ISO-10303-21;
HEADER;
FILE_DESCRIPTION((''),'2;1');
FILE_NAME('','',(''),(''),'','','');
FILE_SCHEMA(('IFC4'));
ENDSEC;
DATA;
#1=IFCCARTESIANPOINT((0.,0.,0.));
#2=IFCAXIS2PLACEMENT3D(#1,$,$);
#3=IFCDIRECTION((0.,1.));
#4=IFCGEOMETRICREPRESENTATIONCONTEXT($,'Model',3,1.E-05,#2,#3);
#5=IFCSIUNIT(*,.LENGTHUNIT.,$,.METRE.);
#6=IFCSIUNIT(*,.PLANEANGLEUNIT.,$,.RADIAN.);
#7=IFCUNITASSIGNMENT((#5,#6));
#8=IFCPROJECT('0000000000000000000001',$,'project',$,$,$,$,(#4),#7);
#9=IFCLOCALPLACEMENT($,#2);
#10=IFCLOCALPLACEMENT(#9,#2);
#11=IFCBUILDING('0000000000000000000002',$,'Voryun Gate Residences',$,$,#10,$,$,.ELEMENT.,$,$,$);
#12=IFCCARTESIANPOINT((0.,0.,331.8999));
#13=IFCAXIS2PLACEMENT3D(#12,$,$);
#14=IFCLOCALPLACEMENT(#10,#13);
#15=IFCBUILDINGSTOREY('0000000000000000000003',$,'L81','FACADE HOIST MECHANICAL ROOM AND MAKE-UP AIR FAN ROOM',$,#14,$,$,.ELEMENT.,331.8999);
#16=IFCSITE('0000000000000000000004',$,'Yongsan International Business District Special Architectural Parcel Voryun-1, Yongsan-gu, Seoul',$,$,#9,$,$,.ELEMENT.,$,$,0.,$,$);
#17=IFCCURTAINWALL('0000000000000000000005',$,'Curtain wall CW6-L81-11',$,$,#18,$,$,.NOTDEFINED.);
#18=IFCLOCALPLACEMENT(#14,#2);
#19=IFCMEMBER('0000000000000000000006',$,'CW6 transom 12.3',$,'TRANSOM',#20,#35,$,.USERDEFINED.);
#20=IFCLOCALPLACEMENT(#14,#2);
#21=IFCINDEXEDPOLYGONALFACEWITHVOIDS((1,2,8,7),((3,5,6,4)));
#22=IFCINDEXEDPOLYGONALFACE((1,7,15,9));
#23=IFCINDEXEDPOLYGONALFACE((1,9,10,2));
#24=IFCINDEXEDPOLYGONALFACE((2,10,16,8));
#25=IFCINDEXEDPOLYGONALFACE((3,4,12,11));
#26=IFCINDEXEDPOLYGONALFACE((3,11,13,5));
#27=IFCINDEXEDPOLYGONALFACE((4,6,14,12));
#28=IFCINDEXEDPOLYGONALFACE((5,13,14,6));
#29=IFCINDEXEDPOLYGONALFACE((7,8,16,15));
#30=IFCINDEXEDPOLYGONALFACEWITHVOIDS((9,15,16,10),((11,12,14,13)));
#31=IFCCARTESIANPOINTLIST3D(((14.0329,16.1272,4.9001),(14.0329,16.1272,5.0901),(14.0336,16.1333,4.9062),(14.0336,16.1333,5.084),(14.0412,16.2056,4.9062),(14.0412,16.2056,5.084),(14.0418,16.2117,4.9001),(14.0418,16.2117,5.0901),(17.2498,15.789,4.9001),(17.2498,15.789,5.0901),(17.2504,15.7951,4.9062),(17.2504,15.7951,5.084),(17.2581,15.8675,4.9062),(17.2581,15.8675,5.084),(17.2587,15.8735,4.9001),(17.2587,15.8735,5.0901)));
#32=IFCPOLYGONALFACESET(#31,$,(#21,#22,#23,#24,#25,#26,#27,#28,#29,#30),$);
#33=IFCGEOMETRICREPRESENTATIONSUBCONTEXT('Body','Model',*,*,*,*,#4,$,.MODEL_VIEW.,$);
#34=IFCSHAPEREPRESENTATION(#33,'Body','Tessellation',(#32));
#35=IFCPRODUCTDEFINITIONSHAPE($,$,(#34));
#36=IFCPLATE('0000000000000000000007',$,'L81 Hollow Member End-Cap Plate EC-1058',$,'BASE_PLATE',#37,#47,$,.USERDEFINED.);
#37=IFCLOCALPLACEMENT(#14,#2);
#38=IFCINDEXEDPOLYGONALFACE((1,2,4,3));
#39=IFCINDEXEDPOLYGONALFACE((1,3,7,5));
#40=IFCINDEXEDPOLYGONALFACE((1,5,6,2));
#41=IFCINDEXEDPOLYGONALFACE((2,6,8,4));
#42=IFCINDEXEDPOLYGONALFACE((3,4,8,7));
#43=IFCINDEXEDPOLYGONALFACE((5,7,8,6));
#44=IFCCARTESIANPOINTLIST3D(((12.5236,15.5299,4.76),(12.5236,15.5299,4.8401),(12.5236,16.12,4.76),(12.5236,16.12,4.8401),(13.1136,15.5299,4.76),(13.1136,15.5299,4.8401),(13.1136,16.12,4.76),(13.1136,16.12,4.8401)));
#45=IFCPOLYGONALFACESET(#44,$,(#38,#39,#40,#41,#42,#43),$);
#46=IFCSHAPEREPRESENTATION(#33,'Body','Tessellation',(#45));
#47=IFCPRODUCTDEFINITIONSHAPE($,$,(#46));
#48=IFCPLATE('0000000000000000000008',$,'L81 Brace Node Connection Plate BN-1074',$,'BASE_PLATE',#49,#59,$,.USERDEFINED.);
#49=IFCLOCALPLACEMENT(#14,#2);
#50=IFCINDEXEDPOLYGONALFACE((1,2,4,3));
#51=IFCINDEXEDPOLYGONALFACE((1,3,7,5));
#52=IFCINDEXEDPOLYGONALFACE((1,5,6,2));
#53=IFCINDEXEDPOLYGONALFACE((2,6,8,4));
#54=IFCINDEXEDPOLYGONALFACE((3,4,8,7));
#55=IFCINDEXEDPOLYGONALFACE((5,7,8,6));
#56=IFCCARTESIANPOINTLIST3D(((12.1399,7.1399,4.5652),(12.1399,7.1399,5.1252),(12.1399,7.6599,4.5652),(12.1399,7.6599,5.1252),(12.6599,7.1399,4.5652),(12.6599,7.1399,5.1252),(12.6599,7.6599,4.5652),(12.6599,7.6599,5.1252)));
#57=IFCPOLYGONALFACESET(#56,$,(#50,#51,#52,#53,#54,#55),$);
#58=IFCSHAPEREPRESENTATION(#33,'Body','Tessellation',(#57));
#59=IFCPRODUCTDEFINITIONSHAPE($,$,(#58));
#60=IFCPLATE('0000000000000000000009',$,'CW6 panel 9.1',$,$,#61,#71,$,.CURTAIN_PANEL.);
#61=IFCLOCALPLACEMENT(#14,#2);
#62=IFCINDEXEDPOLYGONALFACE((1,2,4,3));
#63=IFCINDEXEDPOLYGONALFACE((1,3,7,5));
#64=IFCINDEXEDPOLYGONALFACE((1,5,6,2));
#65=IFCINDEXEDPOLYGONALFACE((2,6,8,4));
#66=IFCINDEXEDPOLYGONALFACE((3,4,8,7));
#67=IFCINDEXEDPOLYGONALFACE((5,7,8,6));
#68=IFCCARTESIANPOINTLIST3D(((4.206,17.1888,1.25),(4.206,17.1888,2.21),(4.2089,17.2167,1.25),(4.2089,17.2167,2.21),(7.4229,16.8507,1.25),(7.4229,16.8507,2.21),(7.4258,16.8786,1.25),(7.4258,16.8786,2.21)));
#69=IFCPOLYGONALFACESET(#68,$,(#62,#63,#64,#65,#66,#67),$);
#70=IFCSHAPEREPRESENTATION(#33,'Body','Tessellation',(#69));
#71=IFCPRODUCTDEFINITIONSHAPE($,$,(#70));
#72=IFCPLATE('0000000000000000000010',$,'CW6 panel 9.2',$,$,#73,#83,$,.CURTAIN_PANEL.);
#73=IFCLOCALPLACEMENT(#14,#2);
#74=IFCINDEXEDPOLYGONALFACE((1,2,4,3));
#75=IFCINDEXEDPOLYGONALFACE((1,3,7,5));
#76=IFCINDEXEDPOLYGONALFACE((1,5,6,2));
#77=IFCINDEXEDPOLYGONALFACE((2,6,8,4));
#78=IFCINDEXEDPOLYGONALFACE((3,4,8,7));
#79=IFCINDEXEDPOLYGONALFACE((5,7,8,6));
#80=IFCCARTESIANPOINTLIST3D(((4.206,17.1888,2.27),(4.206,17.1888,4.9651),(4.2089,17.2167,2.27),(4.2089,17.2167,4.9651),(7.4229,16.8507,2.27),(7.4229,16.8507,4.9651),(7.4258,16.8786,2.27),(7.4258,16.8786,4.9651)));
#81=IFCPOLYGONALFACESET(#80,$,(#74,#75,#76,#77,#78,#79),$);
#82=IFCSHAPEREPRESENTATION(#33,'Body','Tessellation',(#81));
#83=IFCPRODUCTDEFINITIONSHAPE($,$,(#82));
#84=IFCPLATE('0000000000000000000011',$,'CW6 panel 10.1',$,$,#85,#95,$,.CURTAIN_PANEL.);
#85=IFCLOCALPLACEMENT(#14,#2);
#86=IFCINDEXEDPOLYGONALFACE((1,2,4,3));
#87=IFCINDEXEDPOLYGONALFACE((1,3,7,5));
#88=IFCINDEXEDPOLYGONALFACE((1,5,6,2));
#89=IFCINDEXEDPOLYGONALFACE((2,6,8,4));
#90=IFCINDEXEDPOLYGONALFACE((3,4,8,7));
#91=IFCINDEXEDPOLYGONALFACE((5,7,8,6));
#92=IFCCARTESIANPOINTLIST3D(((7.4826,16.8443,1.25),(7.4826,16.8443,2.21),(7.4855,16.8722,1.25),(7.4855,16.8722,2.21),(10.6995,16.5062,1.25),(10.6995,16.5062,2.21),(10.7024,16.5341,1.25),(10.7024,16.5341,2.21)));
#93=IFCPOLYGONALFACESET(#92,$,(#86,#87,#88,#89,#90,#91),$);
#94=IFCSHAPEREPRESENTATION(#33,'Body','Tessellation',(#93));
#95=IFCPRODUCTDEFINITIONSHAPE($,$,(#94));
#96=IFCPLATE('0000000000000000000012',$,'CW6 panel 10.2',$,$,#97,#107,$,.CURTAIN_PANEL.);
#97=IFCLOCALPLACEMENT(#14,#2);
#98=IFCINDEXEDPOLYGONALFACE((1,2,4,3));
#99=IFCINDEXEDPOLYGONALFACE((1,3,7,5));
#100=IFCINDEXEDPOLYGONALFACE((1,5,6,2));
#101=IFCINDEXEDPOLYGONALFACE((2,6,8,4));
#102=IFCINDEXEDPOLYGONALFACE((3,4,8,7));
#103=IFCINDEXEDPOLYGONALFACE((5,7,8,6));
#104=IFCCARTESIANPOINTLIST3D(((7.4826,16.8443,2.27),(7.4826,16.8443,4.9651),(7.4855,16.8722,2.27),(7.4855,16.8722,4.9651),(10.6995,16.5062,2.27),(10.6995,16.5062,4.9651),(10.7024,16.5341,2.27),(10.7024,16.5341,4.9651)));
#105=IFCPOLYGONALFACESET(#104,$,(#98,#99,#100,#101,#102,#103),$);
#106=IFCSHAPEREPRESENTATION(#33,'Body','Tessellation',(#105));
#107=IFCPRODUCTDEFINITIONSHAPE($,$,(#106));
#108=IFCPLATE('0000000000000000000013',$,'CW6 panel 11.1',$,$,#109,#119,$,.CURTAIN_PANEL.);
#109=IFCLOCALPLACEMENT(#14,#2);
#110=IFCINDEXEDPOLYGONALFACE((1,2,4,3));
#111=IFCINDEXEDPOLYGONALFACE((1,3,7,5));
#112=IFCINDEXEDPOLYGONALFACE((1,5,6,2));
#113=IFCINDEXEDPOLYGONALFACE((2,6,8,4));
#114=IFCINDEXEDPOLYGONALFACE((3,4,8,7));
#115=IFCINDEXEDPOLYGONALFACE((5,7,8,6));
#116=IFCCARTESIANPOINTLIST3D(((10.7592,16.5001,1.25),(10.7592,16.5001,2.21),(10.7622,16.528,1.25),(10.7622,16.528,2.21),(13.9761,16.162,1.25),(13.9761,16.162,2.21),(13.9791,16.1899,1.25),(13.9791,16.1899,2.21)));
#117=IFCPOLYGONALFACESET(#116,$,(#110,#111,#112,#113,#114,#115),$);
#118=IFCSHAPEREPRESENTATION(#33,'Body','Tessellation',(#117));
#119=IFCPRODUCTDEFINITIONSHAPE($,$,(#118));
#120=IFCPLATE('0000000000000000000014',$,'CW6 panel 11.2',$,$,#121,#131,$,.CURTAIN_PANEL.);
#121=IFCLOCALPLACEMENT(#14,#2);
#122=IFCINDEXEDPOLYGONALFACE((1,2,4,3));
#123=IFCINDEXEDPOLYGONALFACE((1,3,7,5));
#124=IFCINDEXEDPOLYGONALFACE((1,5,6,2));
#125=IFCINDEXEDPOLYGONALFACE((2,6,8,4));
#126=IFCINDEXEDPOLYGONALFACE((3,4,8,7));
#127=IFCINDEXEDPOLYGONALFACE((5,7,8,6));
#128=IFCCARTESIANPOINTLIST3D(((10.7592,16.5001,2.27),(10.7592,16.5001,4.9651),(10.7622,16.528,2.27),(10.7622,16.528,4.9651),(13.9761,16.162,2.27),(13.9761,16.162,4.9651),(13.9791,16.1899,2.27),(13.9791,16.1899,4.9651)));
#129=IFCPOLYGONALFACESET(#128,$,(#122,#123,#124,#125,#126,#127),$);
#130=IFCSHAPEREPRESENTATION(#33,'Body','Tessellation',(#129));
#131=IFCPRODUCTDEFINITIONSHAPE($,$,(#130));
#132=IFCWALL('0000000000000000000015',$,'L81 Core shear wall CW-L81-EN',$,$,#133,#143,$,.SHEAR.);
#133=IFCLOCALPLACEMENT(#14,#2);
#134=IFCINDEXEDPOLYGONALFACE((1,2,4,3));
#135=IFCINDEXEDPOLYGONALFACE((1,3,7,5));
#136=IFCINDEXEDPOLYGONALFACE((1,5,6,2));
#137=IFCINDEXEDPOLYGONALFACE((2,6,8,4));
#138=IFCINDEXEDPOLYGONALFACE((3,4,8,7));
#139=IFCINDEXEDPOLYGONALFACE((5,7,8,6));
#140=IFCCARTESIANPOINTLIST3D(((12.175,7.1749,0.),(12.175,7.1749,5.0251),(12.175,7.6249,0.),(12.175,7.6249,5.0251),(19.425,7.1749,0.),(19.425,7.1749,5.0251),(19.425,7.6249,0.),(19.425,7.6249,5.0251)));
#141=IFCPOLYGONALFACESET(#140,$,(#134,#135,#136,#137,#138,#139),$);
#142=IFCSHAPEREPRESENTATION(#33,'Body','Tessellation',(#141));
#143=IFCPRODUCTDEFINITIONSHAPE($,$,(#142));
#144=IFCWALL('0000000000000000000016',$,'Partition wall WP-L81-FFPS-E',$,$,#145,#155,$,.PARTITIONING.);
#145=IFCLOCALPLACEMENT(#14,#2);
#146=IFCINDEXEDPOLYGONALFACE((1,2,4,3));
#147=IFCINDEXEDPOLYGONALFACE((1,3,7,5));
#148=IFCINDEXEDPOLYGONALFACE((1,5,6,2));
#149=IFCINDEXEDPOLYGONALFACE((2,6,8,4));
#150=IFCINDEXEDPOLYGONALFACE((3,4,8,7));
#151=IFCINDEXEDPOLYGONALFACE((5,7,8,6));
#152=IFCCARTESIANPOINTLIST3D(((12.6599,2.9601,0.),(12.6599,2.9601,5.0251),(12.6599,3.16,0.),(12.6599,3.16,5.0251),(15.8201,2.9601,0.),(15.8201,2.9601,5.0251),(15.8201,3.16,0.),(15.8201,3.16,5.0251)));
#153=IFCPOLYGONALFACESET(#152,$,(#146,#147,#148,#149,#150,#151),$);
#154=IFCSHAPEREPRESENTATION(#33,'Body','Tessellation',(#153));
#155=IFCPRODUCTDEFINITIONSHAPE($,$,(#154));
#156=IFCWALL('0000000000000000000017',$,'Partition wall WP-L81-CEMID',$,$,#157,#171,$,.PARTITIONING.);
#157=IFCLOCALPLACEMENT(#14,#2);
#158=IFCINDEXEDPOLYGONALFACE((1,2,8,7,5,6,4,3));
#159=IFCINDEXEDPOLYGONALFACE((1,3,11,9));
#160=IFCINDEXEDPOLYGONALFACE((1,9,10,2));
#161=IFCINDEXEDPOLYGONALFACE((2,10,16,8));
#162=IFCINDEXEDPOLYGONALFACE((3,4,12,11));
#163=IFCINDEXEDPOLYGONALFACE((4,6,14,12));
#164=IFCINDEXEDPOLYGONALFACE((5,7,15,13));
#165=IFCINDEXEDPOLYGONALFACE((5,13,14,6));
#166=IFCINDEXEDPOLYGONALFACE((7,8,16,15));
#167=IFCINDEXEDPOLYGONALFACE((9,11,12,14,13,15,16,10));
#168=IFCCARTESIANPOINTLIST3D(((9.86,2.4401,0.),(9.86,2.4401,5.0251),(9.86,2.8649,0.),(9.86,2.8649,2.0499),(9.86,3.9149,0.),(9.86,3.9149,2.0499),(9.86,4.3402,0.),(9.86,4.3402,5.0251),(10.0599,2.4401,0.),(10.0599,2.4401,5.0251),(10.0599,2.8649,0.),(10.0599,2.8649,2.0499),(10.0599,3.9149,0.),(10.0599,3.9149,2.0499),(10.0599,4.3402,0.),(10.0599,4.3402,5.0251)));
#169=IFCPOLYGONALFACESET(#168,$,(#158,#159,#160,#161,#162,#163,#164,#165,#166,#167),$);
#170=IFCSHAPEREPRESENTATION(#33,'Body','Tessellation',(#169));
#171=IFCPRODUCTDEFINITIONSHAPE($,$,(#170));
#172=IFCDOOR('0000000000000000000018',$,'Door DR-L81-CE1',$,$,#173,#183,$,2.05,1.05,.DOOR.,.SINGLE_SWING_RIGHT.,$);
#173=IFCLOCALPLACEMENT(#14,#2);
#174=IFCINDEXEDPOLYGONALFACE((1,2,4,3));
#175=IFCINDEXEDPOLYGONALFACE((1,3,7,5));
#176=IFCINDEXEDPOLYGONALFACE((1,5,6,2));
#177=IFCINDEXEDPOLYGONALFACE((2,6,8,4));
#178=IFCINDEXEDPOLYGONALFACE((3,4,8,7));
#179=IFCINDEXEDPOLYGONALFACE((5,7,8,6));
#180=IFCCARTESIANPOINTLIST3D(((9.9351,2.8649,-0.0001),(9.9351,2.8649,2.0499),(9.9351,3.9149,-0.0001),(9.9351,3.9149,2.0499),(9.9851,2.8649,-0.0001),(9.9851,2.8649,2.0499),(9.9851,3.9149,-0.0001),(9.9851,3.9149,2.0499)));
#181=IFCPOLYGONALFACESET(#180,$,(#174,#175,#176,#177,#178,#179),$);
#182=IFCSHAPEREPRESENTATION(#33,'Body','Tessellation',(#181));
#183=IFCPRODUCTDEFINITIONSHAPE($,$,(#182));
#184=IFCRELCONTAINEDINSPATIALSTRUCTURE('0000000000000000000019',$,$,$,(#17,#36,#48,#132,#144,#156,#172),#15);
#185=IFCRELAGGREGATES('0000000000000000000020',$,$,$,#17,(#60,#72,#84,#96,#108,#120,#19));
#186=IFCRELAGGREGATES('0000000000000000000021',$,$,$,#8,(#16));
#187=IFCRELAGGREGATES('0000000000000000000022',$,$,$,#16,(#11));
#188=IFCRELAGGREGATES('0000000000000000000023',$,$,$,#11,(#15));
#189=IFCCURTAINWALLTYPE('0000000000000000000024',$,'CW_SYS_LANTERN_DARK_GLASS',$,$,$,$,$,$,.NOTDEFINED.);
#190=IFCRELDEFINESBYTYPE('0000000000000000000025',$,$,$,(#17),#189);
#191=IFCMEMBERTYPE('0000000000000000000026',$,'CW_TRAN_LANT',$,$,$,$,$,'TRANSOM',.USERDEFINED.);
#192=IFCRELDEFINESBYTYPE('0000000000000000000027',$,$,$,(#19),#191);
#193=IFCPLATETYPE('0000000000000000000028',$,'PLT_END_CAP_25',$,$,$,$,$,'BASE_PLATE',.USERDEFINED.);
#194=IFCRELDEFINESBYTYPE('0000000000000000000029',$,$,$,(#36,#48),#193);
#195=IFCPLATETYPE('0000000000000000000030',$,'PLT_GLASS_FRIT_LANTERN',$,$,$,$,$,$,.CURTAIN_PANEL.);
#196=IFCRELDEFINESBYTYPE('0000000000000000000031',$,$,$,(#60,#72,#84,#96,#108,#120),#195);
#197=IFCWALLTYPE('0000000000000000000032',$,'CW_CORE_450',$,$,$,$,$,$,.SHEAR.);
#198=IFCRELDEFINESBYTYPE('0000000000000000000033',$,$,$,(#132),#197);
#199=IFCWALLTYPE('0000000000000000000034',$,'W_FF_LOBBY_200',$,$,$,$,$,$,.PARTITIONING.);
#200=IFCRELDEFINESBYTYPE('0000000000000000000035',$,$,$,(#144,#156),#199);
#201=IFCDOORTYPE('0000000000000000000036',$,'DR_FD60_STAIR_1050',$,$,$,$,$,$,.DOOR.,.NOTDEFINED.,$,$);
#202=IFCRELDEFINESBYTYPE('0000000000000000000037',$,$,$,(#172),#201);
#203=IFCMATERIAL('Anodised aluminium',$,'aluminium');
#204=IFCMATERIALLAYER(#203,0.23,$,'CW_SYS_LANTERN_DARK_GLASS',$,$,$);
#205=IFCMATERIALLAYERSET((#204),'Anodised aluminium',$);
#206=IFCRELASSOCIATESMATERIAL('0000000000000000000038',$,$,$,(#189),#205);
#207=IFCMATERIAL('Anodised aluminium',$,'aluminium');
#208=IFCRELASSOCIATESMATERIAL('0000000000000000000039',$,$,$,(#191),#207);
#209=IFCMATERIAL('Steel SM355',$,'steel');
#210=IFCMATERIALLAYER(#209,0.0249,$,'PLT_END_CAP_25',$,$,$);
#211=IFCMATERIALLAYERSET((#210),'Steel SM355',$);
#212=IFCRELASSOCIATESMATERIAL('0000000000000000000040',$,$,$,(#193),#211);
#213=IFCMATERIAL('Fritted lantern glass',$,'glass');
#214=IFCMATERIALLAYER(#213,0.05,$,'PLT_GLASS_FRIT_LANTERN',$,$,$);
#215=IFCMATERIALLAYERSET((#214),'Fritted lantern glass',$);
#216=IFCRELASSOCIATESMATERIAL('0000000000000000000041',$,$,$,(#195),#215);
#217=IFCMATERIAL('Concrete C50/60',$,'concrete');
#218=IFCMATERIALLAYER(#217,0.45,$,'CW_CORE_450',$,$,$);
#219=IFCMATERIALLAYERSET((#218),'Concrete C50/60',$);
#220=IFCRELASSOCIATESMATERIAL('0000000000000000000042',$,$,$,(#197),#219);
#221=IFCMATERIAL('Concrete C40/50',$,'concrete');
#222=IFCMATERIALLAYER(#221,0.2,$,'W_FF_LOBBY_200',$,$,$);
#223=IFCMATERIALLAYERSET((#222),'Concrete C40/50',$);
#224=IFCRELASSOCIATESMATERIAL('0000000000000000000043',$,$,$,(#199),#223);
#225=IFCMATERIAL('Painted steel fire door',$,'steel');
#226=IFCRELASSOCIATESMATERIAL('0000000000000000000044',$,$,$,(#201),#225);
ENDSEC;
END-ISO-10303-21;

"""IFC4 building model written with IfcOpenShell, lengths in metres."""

from ifc_helpers import new_model, si_unit, direction, frame, frame_2d, origin, origin_2d, place, context, subcontext, project, spatial, rectangle, hollow_rectangle, extrude, material, layer, layer_set, material_profile, profile_set, type_object, element, fill, aggregate, save


model = new_model("IFC4")

# Units and contexts
model_context = context("Model", 3, precision=1e-05, world=origin(), true_north=direction((0.0, 1.0)))
body_context = subcontext(model_context, "Body", "Model", "MODEL_VIEW")
ifc_project = project(units=[si_unit("LENGTHUNIT", "METRE"), si_unit("PLANEANGLEUNIT", "RADIAN")], contexts=[model_context])

# Site, building, storey
site_placement = place(None, origin())
site = spatial("IfcSite", under=ifc_project, at=site_placement, Name="Yongsan International Business District Special Architectural Parcel Voryun-1, Yongsan-gu, Seoul", CompositionType="ELEMENT", RefElevation=0.0)
building_placement = place(site_placement, origin())
building = spatial("IfcBuilding", under=site, at=building_placement, Name="Voryun Gate Residences", CompositionType="ELEMENT")
storey_placement = place(building_placement, frame((0.0, 0.0, 331.8999)))
storey = spatial("IfcBuildingStorey", under=building, at=storey_placement, Name="L81", Description="FACADE HOIST MECHANICAL ROOM AND MAKE-UP AIR FAN ROOM", CompositionType="ELEMENT", Elevation=331.8999)

# Curtain wall, member
ifc_material_1 = material(Name="Anodised aluminium", Category="aluminium")
ifc_layer_1 = layer(ifc_material_1, 0.23, Name="CW_SYS_LANTERN_DARK_GLASS")
ifc_layer_set_1 = layer_set([ifc_layer_1], Name="Anodised aluminium")
curtain_wall_type = type_object("IfcCurtainWallType", Name="CW_SYS_LANTERN_DARK_GLASS", PredefinedType="NOTDEFINED", material=ifc_layer_set_1)
curtain_wall_placement = place(storey_placement, origin())
curtain_wall = element("IfcCurtainWall", 1, at=curtain_wall_placement, inside=storey, type_object=curtain_wall_type, Name="Curtain wall CW6-L81-11", PredefinedType="NOTDEFINED")
ifc_material_2 = material(Name="Anodised aluminium", Category="aluminium")
ifc_material_profile_1 = material_profile(ifc_material_2, hollow_rectangle(XDim=0.085, YDim=0.1899, WallThickness=0.0061, at=origin_2d()), Name="ALU-TRAN-190x85x6")
ifc_profile_set_1 = profile_set([ifc_material_profile_1], Name="Anodised aluminium")
member_type_1 = type_object("IfcMemberType", Name="CW_TRAN_LANT", ElementType="TRANSOM", PredefinedType="USERDEFINED", material=ifc_profile_set_1)
member_1_placement = place(storey_placement, frame((14.0374, 16.1694, 4.9951), z_axis=(0.994521, -0.104539, 0.0), x_axis=(0.104539, 0.994521, 0.0)))
member_1 = element("IfcMember", 2, at=member_1_placement, type_object=member_type_1, Name="CW6 transom 12.3", ObjectType="TRANSOM", PredefinedType="USERDEFINED", context=body_context, shape_type="SweptSolid", body=[
    extrude(hollow_rectangle(XDim=0.085, YDim=0.1899, WallThickness=0.0061, at=origin_2d()), origin(), (0.0, 0.0, 1.0), 3.2346),
])

# Plates
ifc_material_3 = material(Name="Steel SM355", Category="steel")
ifc_layer_2 = layer(ifc_material_3, 0.0249, Name="PLT_END_CAP_25")
ifc_layer_set_2 = layer_set([ifc_layer_2], Name="Steel SM355")
plate_type_1 = type_object("IfcPlateType", Name="PLT_END_CAP_25", ElementType="BASE_PLATE", PredefinedType="USERDEFINED", material=ifc_layer_set_2)
plate_1_placement = place(storey_placement, frame((12.8186, 15.825, 4.76), z_axis=(0.0, 0.0, 1.0), x_axis=(1.0, 0.0, 0.0)))
element("IfcPlate", 3, at=plate_1_placement, inside=storey, type_object=plate_type_1, Name="L81 Hollow Member End-Cap Plate EC-1058", ObjectType="BASE_PLATE", PredefinedType="USERDEFINED", context=body_context, shape_type="SweptSolid", body=[
    extrude(rectangle(XDim=0.5901, YDim=0.5901, at=origin_2d()), origin(), (0.0, 0.0, 1.0), 0.0801),
])
plate_2_placement = place(storey_placement, frame((12.3999, 7.3999, 4.5652), z_axis=(0.0, 0.0, 1.0), x_axis=(1.0, 0.0, 0.0)))
element("IfcPlate", 4, at=plate_2_placement, inside=storey, type_object=plate_type_1, Name="L81 Brace Node Connection Plate BN-1074", ObjectType="BASE_PLATE", PredefinedType="USERDEFINED", context=body_context, shape_type="SweptSolid", body=[
    extrude(rectangle(XDim=0.52, YDim=0.52, at=origin_2d()), origin(), (0.0, 0.0, 1.0), 0.5601),
])

# Plates
ifc_material_4 = material(Name="Fritted lantern glass", Category="glass")
ifc_layer_3 = layer(ifc_material_4, 0.05, Name="PLT_GLASS_FRIT_LANTERN")
ifc_layer_set_3 = layer_set([ifc_layer_3], Name="Fritted lantern glass")
plate_type_2 = type_object("IfcPlateType", Name="PLT_GLASS_FRIT_LANTERN", PredefinedType="CURTAIN_PANEL", material=ifc_layer_set_3)
plate_3_placement = place(storey_placement, frame((5.8159, 17.0337, 1.25), z_axis=(0.0, 0.0, 1.0), x_axis=(0.994522, -0.104528, 0.0)))
plate_3 = element("IfcPlate", 5, at=plate_3_placement, type_object=plate_type_2, Name="CW6 panel 9.1", PredefinedType="CURTAIN_PANEL", context=body_context, shape_type="SweptSolid", body=[
    extrude(rectangle(XDim=3.2346, YDim=0.0281, at=origin_2d()), origin(), (0.0, 0.0, 1.0), 0.96),
])
plate_4_placement = place(storey_placement, frame((5.8159, 17.0337, 2.27), z_axis=(0.0, 0.0, 1.0), x_axis=(0.994522, -0.104528, 0.0)))
plate_4 = element("IfcPlate", 6, at=plate_4_placement, type_object=plate_type_2, Name="CW6 panel 9.2", PredefinedType="CURTAIN_PANEL", context=body_context, shape_type="SweptSolid", body=[
    extrude(rectangle(XDim=3.2346, YDim=0.0281, at=origin_2d()), origin(), (0.0, 0.0, 1.0), 2.6951),
])
plate_5_placement = place(storey_placement, frame((9.0925, 16.6892, 1.25), z_axis=(0.0, 0.0, 1.0), x_axis=(0.994522, -0.104528, 0.0)))
plate_5 = element("IfcPlate", 7, at=plate_5_placement, type_object=plate_type_2, Name="CW6 panel 10.1", PredefinedType="CURTAIN_PANEL", context=body_context, shape_type="SweptSolid", body=[
    extrude(rectangle(XDim=3.2346, YDim=0.0281, at=origin_2d()), origin(), (0.0, 0.0, 1.0), 0.96),
])
plate_6_placement = place(storey_placement, frame((9.0925, 16.6892, 2.27), z_axis=(0.0, 0.0, 1.0), x_axis=(0.994522, -0.104528, 0.0)))
plate_6 = element("IfcPlate", 8, at=plate_6_placement, type_object=plate_type_2, Name="CW6 panel 10.2", PredefinedType="CURTAIN_PANEL", context=body_context, shape_type="SweptSolid", body=[
    extrude(rectangle(XDim=3.2346, YDim=0.0281, at=origin_2d()), origin(), (0.0, 0.0, 1.0), 2.6951),
])
plate_7_placement = place(storey_placement, frame((12.3691, 16.345, 1.25), z_axis=(0.0, 0.0, 1.0), x_axis=(0.994522, -0.104528, 0.0)))
plate_7 = element("IfcPlate", 9, at=plate_7_placement, type_object=plate_type_2, Name="CW6 panel 11.1", PredefinedType="CURTAIN_PANEL", context=body_context, shape_type="SweptSolid", body=[
    extrude(rectangle(XDim=3.2346, YDim=0.0281, at=origin_2d()), origin(), (0.0, 0.0, 1.0), 0.96),
])
plate_8_placement = place(storey_placement, frame((12.3691, 16.345, 2.27), z_axis=(0.0, 0.0, 1.0), x_axis=(0.994522, -0.104528, 0.0)))
plate_8 = element("IfcPlate", 10, at=plate_8_placement, type_object=plate_type_2, Name="CW6 panel 11.2", PredefinedType="CURTAIN_PANEL", context=body_context, shape_type="SweptSolid", body=[
    extrude(rectangle(XDim=3.2346, YDim=0.0281, at=origin_2d()), origin(), (0.0, 0.0, 1.0), 2.6951),
])
aggregate(curtain_wall, [plate_3, plate_4, plate_5, plate_6, plate_7, plate_8, member_1])

# Walls
ifc_material_5 = material(Name="Concrete C50/60", Category="concrete")
ifc_layer_4 = layer(ifc_material_5, 0.45, Name="CW_CORE_450")
ifc_layer_set_4 = layer_set([ifc_layer_4], Name="Concrete C50/60")
wall_type_1 = type_object("IfcWallType", Name="CW_CORE_450", PredefinedType="SHEAR", material=ifc_layer_set_4)
wall_1_placement = place(storey_placement, frame((12.175, 7.3999, 0.0), z_axis=(0.0, 0.0, 1.0), x_axis=(1.0, 0.0, 0.0)))
element("IfcWall", 11, at=wall_1_placement, inside=storey, type_object=wall_type_1, Name="L81 Core shear wall CW-L81-EN", PredefinedType="SHEAR", context=body_context, shape_type="SweptSolid", body=[
    extrude(rectangle(XDim=7.25, YDim=0.45, at=frame_2d((3.625, 0.0))), origin(), (0.0, 0.0, 1.0), 5.0251),
])
ifc_material_6 = material(Name="Concrete C40/50", Category="concrete")
ifc_layer_5 = layer(ifc_material_6, 0.2, Name="W_FF_LOBBY_200")
ifc_layer_set_5 = layer_set([ifc_layer_5], Name="Concrete C40/50")
wall_type_2 = type_object("IfcWallType", Name="W_FF_LOBBY_200", PredefinedType="PARTITIONING", material=ifc_layer_set_5)
wall_2_placement = place(storey_placement, frame((12.6599, 3.0601, 0.0), z_axis=(0.0, 0.0, 1.0), x_axis=(1.0, 0.0, 0.0)))
element("IfcWall", 12, at=wall_2_placement, inside=storey, type_object=wall_type_2, Name="Partition wall WP-L81-FFPS-E", PredefinedType="PARTITIONING", context=body_context, shape_type="SweptSolid", body=[
    extrude(rectangle(XDim=3.1602, YDim=0.2, at=frame_2d((1.5801, 0.0))), origin(), (0.0, 0.0, 1.0), 5.0251),
])

# Wall, opening, door
wall_3_placement = place(storey_placement, frame((9.96, 2.4399, 0.0), z_axis=(0.0, 0.0, 1.0), x_axis=(0.0, 1.0, 0.0)))
wall_3 = element("IfcWall", 13, at=wall_3_placement, inside=storey, type_object=wall_type_2, Name="Partition wall WP-L81-CEMID", PredefinedType="PARTITIONING", context=body_context, shape_type="SweptSolid", body=[
    extrude(rectangle(XDim=1.9001, YDim=0.2, at=frame_2d((0.9502, 0.0))), origin(), (0.0, 0.0, 1.0), 5.0251),
])
opening_placement = place(wall_3_placement, frame((0.425, 0.0, 0.0)))
opening = element("IfcOpeningElement", 14, at=opening_placement, cuts=wall_3, PredefinedType="OPENING", context=body_context, shape_type="SweptSolid", body=[
    extrude(rectangle(XDim=1.05, YDim=2.05, at=frame_2d((0.5249, 1.0249))), frame((0.0, 0.1101, 0.0), z_axis=(0.0, -1.0, 0.0), x_axis=(1.0, 0.0, 0.0)), (0.0, 0.0, 1.0), 0.22),
])
ifc_material_7 = material(Name="Painted steel fire door", Category="steel")
door_type = type_object("IfcDoorType", Name="DR_FD60_STAIR_1050", OperationType="NOTDEFINED", PredefinedType="DOOR", material=ifc_material_7)
door_placement = place(opening_placement, origin())
door = element("IfcDoor", 15, at=door_placement, inside=storey, type_object=door_type, Name="Door DR-L81-CE1", OperationType="SINGLE_SWING_RIGHT", OverallHeight=2.05, OverallWidth=1.05, PredefinedType="DOOR", context=body_context, shape_type="SweptSolid", body=[
    extrude(rectangle(XDim=1.05, YDim=2.05, at=frame_2d((0.5249, 1.0249))), frame((0.0, 0.0249, 0.0), z_axis=(0.0, -1.0, 0.0), x_axis=(1.0, 0.0, 0.0)), (0.0, 0.0, 1.0), 0.05),
])
fill(opening, door)

save(model, "model.ifc")
